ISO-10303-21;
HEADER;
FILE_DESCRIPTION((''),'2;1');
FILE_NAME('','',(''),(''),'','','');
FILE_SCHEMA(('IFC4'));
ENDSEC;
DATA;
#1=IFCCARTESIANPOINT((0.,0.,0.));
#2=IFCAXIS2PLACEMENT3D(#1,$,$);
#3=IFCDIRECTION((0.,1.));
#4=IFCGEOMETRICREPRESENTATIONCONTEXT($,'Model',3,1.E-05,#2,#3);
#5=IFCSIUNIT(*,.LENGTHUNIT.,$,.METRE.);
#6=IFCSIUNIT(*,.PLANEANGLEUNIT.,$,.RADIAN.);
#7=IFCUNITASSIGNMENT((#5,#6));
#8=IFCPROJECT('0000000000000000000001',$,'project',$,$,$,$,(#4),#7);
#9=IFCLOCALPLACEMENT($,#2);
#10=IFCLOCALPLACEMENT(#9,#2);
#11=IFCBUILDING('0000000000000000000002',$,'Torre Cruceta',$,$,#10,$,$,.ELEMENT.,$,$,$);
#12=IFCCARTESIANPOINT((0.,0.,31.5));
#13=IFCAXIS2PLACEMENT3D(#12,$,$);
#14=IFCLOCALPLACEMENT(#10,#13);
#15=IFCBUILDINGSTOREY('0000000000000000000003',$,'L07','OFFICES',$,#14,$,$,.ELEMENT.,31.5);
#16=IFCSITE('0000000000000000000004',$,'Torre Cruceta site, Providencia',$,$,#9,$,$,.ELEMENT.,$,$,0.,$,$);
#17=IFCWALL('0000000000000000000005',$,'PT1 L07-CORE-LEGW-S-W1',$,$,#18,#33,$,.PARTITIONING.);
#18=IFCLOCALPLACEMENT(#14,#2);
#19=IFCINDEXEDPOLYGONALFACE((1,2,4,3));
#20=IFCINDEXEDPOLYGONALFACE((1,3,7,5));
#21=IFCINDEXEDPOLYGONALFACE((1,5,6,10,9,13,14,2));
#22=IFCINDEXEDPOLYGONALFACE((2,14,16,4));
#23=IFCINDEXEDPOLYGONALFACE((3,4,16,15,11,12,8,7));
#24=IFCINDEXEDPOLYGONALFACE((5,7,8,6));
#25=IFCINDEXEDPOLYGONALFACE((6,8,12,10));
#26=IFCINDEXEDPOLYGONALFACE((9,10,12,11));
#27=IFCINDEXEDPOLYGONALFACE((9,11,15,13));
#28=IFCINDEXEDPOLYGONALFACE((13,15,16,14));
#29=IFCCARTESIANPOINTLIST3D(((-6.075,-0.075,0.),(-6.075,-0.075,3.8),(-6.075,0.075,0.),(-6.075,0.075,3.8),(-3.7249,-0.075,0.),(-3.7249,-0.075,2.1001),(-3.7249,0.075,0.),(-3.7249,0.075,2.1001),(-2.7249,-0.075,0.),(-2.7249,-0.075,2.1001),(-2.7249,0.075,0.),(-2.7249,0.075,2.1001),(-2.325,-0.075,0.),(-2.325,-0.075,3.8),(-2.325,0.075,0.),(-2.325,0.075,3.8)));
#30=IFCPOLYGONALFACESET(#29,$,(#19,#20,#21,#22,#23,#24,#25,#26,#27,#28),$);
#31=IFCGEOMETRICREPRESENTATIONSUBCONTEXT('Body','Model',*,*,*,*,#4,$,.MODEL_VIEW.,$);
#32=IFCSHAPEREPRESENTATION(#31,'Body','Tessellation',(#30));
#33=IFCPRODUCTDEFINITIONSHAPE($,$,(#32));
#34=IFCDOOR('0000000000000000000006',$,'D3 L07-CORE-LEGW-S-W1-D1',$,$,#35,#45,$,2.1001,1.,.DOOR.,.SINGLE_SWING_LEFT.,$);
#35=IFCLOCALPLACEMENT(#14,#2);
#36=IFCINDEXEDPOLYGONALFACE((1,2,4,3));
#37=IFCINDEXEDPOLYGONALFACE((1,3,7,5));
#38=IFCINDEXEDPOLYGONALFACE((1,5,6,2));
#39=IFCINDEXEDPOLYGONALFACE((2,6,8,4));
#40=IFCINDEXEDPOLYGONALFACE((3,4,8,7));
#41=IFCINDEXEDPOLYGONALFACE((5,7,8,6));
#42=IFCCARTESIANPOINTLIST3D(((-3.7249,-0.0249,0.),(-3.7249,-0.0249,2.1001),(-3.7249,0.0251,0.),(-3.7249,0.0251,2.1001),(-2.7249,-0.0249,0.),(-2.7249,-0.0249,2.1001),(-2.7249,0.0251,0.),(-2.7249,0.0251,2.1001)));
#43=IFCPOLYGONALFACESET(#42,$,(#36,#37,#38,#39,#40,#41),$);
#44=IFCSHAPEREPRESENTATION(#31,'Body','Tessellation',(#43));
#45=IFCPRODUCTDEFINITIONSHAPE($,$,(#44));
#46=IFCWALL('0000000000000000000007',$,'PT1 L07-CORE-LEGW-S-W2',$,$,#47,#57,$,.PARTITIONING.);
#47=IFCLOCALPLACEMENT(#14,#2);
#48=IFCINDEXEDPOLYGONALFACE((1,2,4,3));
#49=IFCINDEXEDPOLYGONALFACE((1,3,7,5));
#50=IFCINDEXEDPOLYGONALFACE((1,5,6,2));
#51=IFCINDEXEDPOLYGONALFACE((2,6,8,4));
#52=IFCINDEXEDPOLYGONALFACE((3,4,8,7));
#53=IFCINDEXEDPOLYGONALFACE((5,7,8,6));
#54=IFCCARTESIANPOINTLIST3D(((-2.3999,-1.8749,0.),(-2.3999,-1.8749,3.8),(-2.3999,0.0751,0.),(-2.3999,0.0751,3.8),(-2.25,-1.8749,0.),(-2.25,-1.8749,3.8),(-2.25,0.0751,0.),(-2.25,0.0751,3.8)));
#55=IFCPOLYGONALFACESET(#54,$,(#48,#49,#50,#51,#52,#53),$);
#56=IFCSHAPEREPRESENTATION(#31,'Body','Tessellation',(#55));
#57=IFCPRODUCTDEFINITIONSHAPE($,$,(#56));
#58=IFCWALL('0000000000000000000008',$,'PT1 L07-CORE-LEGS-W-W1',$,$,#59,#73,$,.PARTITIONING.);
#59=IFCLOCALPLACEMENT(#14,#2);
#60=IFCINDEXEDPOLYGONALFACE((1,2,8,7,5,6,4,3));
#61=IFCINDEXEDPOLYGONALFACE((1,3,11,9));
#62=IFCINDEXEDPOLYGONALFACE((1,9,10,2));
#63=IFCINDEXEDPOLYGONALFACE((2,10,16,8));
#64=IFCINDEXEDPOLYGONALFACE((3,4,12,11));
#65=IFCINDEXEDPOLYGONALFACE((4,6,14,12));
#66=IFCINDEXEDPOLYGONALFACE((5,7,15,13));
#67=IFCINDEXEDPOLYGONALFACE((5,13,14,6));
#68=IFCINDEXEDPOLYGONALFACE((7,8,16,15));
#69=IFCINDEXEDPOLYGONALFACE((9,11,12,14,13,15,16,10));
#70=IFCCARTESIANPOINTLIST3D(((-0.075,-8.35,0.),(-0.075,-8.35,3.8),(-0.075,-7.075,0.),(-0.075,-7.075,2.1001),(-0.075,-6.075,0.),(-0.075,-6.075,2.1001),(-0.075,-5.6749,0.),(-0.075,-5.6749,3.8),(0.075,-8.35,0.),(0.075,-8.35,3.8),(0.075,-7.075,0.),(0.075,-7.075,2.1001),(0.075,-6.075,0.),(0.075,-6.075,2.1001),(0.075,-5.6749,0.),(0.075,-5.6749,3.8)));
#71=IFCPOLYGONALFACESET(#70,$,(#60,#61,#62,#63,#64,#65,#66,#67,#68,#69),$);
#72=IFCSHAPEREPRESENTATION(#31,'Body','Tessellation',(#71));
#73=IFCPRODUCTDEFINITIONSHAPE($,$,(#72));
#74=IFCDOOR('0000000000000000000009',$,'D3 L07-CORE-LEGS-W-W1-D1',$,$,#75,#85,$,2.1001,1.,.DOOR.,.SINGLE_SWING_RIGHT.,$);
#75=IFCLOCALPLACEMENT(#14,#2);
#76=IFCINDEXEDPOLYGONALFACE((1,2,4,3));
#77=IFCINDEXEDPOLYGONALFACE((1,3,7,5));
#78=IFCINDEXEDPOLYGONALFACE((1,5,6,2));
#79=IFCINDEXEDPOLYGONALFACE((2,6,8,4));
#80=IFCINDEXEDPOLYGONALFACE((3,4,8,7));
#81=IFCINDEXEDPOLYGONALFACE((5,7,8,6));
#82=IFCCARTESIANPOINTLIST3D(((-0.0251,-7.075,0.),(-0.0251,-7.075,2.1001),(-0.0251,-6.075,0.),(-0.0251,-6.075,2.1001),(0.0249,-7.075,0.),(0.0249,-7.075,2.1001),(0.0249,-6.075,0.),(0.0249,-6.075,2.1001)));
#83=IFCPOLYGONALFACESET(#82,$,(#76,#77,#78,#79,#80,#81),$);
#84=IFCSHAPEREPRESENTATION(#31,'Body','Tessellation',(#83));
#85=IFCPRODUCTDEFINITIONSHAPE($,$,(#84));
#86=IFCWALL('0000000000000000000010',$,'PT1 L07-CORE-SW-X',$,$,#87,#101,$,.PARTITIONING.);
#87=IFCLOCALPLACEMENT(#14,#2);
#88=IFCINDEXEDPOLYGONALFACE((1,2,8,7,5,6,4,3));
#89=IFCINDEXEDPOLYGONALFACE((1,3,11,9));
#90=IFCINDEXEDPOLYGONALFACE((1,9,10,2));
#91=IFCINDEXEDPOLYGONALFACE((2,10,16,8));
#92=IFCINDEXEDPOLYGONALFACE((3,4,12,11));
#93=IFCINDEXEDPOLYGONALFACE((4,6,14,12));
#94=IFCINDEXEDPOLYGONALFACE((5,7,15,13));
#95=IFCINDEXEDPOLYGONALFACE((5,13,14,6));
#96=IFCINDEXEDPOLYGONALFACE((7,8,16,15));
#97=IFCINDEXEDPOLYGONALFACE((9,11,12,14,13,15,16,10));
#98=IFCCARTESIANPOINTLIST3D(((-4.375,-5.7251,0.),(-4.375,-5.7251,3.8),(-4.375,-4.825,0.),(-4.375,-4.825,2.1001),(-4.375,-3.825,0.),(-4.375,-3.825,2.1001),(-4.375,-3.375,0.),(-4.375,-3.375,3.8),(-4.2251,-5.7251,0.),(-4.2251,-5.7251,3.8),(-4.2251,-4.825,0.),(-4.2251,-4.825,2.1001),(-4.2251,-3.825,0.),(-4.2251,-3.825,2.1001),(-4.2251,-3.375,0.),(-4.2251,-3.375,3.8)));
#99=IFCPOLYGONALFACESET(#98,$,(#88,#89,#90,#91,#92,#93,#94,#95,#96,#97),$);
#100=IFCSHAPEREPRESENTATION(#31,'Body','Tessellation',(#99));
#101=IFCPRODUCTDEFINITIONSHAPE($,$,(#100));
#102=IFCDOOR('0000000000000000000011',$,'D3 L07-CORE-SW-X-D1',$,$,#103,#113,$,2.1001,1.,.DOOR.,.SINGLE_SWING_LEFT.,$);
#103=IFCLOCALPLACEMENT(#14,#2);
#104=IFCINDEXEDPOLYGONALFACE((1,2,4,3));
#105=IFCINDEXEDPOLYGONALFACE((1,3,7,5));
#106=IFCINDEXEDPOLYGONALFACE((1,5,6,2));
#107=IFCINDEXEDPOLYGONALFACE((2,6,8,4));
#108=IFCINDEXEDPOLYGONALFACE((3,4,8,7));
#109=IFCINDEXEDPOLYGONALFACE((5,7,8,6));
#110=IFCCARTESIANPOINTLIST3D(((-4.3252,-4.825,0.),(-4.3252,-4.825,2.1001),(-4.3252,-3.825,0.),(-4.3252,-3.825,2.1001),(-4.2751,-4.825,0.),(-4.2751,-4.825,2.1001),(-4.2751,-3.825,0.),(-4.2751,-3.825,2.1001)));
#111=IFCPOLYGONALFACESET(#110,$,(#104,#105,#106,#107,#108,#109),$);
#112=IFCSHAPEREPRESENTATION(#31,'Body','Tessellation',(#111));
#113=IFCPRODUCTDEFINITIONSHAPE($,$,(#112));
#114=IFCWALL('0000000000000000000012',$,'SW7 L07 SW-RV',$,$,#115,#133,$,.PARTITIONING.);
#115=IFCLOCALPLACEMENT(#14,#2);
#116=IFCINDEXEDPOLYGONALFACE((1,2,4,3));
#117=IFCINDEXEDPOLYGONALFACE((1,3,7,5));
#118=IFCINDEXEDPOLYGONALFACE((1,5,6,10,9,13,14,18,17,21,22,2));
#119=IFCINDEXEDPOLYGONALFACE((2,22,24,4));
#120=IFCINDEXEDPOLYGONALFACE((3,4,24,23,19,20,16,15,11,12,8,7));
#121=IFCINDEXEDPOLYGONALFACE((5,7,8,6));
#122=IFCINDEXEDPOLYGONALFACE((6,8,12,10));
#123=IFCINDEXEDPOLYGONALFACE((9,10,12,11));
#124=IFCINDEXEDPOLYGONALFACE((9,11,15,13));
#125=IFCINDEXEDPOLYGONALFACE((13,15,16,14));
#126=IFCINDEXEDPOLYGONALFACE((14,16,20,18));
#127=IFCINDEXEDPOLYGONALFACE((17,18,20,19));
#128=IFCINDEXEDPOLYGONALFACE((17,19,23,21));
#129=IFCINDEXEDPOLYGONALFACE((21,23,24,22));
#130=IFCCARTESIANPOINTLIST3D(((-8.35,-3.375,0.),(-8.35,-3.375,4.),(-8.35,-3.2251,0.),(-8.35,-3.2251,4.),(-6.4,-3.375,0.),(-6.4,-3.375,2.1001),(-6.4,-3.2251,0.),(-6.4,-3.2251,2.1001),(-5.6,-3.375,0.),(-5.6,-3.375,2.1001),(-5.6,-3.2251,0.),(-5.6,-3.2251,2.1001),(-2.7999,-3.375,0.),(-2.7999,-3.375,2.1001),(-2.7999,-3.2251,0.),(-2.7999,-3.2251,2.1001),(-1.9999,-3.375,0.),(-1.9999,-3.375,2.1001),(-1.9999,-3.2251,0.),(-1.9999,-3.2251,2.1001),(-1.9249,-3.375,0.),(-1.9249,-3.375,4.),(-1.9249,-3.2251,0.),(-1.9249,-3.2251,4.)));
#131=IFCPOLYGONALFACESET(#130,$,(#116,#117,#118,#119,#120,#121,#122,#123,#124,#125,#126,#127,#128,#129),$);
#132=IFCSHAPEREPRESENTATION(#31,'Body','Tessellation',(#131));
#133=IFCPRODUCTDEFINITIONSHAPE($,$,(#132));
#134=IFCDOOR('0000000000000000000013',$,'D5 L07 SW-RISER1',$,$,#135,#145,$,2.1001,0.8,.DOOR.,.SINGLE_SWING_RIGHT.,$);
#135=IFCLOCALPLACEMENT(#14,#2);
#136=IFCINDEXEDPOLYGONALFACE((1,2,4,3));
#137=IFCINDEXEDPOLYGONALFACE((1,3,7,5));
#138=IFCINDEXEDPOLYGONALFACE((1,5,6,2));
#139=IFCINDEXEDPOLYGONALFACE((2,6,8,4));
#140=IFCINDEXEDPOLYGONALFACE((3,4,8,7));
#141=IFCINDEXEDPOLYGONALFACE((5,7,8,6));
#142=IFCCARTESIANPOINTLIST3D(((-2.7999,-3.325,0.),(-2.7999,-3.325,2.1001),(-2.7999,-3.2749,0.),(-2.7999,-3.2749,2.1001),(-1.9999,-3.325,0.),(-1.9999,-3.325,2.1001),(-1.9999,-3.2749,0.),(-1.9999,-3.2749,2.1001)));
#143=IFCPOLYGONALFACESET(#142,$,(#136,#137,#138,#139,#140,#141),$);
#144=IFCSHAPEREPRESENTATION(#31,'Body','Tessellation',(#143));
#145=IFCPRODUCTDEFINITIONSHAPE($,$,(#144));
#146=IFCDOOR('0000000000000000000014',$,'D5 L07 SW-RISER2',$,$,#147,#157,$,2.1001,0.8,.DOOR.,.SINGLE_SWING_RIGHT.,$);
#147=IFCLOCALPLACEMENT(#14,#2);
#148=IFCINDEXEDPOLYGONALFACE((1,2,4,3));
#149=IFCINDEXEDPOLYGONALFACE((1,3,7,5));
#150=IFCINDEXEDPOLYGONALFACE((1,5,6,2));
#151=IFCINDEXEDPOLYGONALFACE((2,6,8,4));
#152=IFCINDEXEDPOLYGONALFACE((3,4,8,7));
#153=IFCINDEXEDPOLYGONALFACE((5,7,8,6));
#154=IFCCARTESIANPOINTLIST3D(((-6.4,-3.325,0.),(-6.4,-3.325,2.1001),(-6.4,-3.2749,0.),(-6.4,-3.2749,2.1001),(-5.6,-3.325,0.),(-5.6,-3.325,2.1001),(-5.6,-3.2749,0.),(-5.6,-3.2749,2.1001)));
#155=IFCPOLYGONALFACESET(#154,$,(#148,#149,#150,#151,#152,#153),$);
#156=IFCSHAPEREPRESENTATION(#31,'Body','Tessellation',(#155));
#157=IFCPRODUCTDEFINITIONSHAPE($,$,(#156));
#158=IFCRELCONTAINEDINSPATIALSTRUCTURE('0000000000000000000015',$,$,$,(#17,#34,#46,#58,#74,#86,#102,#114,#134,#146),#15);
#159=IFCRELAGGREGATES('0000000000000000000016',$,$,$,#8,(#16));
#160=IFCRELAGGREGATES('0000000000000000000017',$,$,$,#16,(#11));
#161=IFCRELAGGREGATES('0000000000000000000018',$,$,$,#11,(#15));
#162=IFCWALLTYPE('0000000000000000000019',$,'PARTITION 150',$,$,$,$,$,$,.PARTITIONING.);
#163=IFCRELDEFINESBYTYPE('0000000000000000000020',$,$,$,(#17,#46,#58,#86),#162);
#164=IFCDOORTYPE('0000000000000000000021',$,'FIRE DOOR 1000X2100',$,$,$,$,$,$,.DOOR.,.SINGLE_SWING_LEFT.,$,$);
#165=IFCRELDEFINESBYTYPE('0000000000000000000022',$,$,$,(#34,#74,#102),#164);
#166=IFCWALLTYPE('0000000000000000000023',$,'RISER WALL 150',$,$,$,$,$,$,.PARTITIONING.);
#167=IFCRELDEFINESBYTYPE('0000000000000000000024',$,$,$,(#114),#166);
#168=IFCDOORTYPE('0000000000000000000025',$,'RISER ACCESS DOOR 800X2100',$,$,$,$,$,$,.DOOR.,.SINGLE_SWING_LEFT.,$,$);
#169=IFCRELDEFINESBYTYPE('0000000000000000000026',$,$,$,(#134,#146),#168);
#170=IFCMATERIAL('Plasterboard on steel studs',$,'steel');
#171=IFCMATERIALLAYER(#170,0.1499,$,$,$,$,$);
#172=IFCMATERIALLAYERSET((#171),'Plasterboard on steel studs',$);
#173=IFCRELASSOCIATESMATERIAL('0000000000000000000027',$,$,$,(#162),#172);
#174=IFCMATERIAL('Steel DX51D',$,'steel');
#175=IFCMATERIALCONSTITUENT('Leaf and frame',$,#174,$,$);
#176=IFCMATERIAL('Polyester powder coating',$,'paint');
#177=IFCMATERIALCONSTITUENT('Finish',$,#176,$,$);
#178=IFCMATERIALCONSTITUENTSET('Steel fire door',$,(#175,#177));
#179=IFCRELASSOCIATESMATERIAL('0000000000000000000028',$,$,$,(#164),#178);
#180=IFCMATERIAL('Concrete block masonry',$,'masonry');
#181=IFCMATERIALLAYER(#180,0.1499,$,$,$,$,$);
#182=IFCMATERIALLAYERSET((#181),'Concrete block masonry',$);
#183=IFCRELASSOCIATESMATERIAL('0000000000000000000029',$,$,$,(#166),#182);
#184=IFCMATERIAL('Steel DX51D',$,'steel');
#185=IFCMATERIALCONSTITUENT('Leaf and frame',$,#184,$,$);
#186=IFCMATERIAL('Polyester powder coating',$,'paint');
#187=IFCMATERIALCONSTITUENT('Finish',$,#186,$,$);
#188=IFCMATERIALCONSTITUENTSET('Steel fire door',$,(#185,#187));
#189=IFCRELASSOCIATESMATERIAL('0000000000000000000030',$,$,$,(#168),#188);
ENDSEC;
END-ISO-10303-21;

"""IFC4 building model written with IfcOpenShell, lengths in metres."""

from ifc_helpers import new_model, si_unit, direction, frame, frame_2d, origin, place, context, subcontext, project, spatial, rectangle, extrude, material, layer, layer_set, constituent, constituent_set, type_object, element, fill, save


model = new_model("IFC4")

# Units and contexts
model_context = context("Model", 3, precision=1e-05, world=origin(), true_north=direction((0.0, 1.0)))
body_context = subcontext(model_context, "Body", "Model", "MODEL_VIEW")
ifc_project = project(units=[si_unit("LENGTHUNIT", "METRE"), si_unit("PLANEANGLEUNIT", "RADIAN")], contexts=[model_context])

# Site, building, storey
site_placement = place(None, origin())
site = spatial("IfcSite", under=ifc_project, at=site_placement, Name="Torre Cruceta site, Providencia", CompositionType="ELEMENT", RefElevation=0.0)
building_placement = place(site_placement, origin())
building = spatial("IfcBuilding", under=site, at=building_placement, Name="Torre Cruceta", CompositionType="ELEMENT")
storey_placement = place(building_placement, frame((0.0, 0.0, 31.5)))
storey = spatial("IfcBuildingStorey", under=building, at=storey_placement, Name="L07", Description="OFFICES", CompositionType="ELEMENT", Elevation=31.5)

# Wall, opening, door
ifc_material_1 = material(Name="Plasterboard on steel studs", Category="steel")
ifc_layer_1 = layer(ifc_material_1, 0.1499)
ifc_layer_set_1 = layer_set([ifc_layer_1], Name="Plasterboard on steel studs")
wall_type_1 = type_object("IfcWallType", Name="PARTITION 150", PredefinedType="PARTITIONING", material=ifc_layer_set_1)
wall_1_placement = place(storey_placement, frame((-2.325, 0.0, 0.0), z_axis=(0.0, 0.0, 1.0), x_axis=(-1.0, 0.0, 0.0)))
wall_1 = element("IfcWall", 1, at=wall_1_placement, inside=storey, type_object=wall_type_1, Name="PT1 L07-CORE-LEGW-S-W1", PredefinedType="PARTITIONING", context=body_context, shape_type="SweptSolid", body=[
    extrude(rectangle(XDim=3.75, YDim=0.1499, at=frame_2d((1.875, 0.0))), origin(), (0.0, 0.0, 1.0), 3.8),
])
opening_1_placement = place(wall_1_placement, frame((0.3999, 0.0, 0.0)))
opening_1 = element("IfcOpeningElement", 2, at=opening_1_placement, cuts=wall_1, PredefinedType="OPENING", context=body_context, shape_type="SweptSolid", body=[
    extrude(rectangle(XDim=1.0, YDim=2.1001, at=frame_2d((0.5, 1.05))), frame((0.0, 0.085, 0.0), z_axis=(0.0, -1.0, 0.0), x_axis=(1.0, 0.0, 0.0)), (0.0, 0.0, 1.0), 0.1699),
])
ifc_material_2 = material(Name="Steel DX51D", Category="steel")
ifc_constituent_1 = constituent(ifc_material_2, Name="Leaf and frame")
ifc_material_3 = material(Name="Polyester powder coating", Category="paint")
ifc_constituent_2 = constituent(ifc_material_3, Name="Finish")
ifc_constituent_set_1 = constituent_set(constituents=[ifc_constituent_1, ifc_constituent_2], Name="Steel fire door")
door_type_1 = type_object("IfcDoorType", Name="FIRE DOOR 1000X2100", OperationType="SINGLE_SWING_LEFT", PredefinedType="DOOR", material=ifc_constituent_set_1)
door_1_placement = place(opening_1_placement, origin())
door_1 = element("IfcDoor", 3, at=door_1_placement, inside=storey, type_object=door_type_1, Name="D3 L07-CORE-LEGW-S-W1-D1", OperationType="SINGLE_SWING_LEFT", OverallHeight=2.1001, OverallWidth=1.0, PredefinedType="DOOR", context=body_context, shape_type="SweptSolid", body=[
    extrude(rectangle(XDim=1.0, YDim=2.1001, at=frame_2d((0.5, 1.05))), frame((0.0, 0.0249, 0.0), z_axis=(0.0, -1.0, 0.0), x_axis=(1.0, 0.0, 0.0)), (0.0, 0.0, 1.0), 0.05),
])
fill(opening_1, door_1)

# Wall
wall_2_placement = place(storey_placement, frame((-2.325, -1.875, 0.0), z_axis=(0.0, 0.0, 1.0), x_axis=(0.0, 1.0, 0.0)))
element("IfcWall", 4, at=wall_2_placement, inside=storey, type_object=wall_type_1, Name="PT1 L07-CORE-LEGW-S-W2", PredefinedType="PARTITIONING", context=body_context, shape_type="SweptSolid", body=[
    extrude(rectangle(XDim=1.95, YDim=0.1499, at=frame_2d((0.9751, 0.0))), origin(), (0.0, 0.0, 1.0), 3.8),
])

# Walls, openings, doors
wall_3_placement = place(storey_placement, frame((0.0, -5.675, 0.0), z_axis=(0.0, 0.0, 1.0), x_axis=(0.0, -1.0, 0.0)))
wall_3 = element("IfcWall", 5, at=wall_3_placement, inside=storey, type_object=wall_type_1, Name="PT1 L07-CORE-LEGS-W-W1", PredefinedType="PARTITIONING", context=body_context, shape_type="SweptSolid", body=[
    extrude(rectangle(XDim=2.675, YDim=0.1499, at=frame_2d((1.3374, 0.0))), origin(), (0.0, 0.0, 1.0), 3.8),
])
opening_2_placement = place(wall_3_placement, frame((0.3999, 0.0, 0.0)))
opening_2 = element("IfcOpeningElement", 6, at=opening_2_placement, cuts=wall_3, PredefinedType="OPENING", context=body_context, shape_type="SweptSolid", body=[
    extrude(rectangle(XDim=1.0, YDim=2.1001, at=frame_2d((0.5, 1.05))), frame((0.0, 0.085, 0.0), z_axis=(0.0, -1.0, 0.0), x_axis=(1.0, 0.0, 0.0)), (0.0, 0.0, 1.0), 0.1699),
])
door_2_placement = place(opening_2_placement, frame((1.0, 0.0, 0.0), z_axis=(0.0, 0.0, 1.0), x_axis=(-1.0, 0.0, 0.0)))
door_2 = element("IfcDoor", 7, at=door_2_placement, inside=storey, type_object=door_type_1, Name="D3 L07-CORE-LEGS-W-W1-D1", OperationType="SINGLE_SWING_RIGHT", OverallHeight=2.1001, OverallWidth=1.0, PredefinedType="DOOR", context=body_context, shape_type="SweptSolid", body=[
    extrude(rectangle(XDim=1.0, YDim=2.1001, at=frame_2d((0.5, 1.05))), frame((0.0, 0.0251, 0.0), z_axis=(0.0, -1.0, 0.0), x_axis=(1.0, 0.0, 0.0)), (0.0, 0.0, 1.0), 0.05),
])
fill(opening_2, door_2)
wall_4_placement = place(storey_placement, frame((-4.3, -3.375, 0.0), z_axis=(0.0, 0.0, 1.0), x_axis=(0.0, -1.0, 0.0)))
wall_4 = element("IfcWall", 8, at=wall_4_placement, inside=storey, type_object=wall_type_1, Name="PT1 L07-CORE-SW-X", PredefinedType="PARTITIONING", context=body_context, shape_type="SweptSolid", body=[
    extrude(rectangle(XDim=2.3501, YDim=0.1499, at=frame_2d((1.175, 0.0))), origin(), (0.0, 0.0, 1.0), 3.8),
])
opening_3_placement = place(wall_4_placement, frame((0.45, 0.0, 0.0)))
opening_3 = element("IfcOpeningElement", 9, at=opening_3_placement, cuts=wall_4, PredefinedType="OPENING", context=body_context, shape_type="SweptSolid", body=[
    extrude(rectangle(XDim=1.0, YDim=2.1001, at=frame_2d((0.5, 1.05))), frame((0.0, 0.085, 0.0), z_axis=(0.0, -1.0, 0.0), x_axis=(1.0, 0.0, 0.0)), (0.0, 0.0, 1.0), 0.1699),
])
door_3_placement = place(opening_3_placement, origin())
door_3 = element("IfcDoor", 10, at=door_3_placement, inside=storey, type_object=door_type_1, Name="D3 L07-CORE-SW-X-D1", OperationType="SINGLE_SWING_LEFT", OverallHeight=2.1001, OverallWidth=1.0, PredefinedType="DOOR", context=body_context, shape_type="SweptSolid", body=[
    extrude(rectangle(XDim=1.0, YDim=2.1001, at=frame_2d((0.5, 1.05))), frame((0.0, 0.0249, 0.0), z_axis=(0.0, -1.0, 0.0), x_axis=(1.0, 0.0, 0.0)), (0.0, 0.0, 1.0), 0.05),
])
fill(opening_3, door_3)

# Wall, openings, doors
ifc_material_4 = material(Name="Concrete block masonry", Category="masonry")
ifc_layer_2 = layer(ifc_material_4, 0.1499)
ifc_layer_set_2 = layer_set([ifc_layer_2], Name="Concrete block masonry")
wall_type_2 = type_object("IfcWallType", Name="RISER WALL 150", PredefinedType="PARTITIONING", material=ifc_layer_set_2)
wall_5_placement = place(storey_placement, frame((-1.925, -3.3, 0.0), z_axis=(0.0, 0.0, 1.0), x_axis=(-1.0, 0.0, 0.0)))
wall_5 = element("IfcWall", 11, at=wall_5_placement, inside=storey, type_object=wall_type_2, Name="SW7 L07 SW-RV", PredefinedType="PARTITIONING", context=body_context, shape_type="SweptSolid", body=[
    extrude(rectangle(XDim=6.425, YDim=0.1499, at=frame_2d((3.2124, 0.0))), origin(), (0.0, 0.0, 1.0), 4.0),
])
opening_4_placement = place(wall_5_placement, frame((0.075, 0.0, 0.0)))
opening_4 = element("IfcOpeningElement", 12, at=opening_4_placement, cuts=wall_5, PredefinedType="OPENING", context=body_context, shape_type="SweptSolid", body=[
    extrude(rectangle(XDim=0.8, YDim=2.1001, at=frame_2d((0.3999, 1.05))), frame((0.0, 0.085, 0.0), z_axis=(0.0, -1.0, 0.0), x_axis=(1.0, 0.0, 0.0)), (0.0, 0.0, 1.0), 0.1699),
])
opening_5_placement = place(wall_5_placement, frame((3.675, 0.0, 0.0)))
opening_5 = element("IfcOpeningElement", 13, at=opening_5_placement, cuts=wall_5, PredefinedType="OPENING", context=body_context, shape_type="SweptSolid", body=[
    extrude(rectangle(XDim=0.8, YDim=2.1001, at=frame_2d((0.3999, 1.05))), frame((0.0, 0.085, 0.0), z_axis=(0.0, -1.0, 0.0), x_axis=(1.0, 0.0, 0.0)), (0.0, 0.0, 1.0), 0.1699),
])
ifc_material_5 = material(Name="Steel DX51D", Category="steel")
ifc_constituent_3 = constituent(ifc_material_5, Name="Leaf and frame")
ifc_material_6 = material(Name="Polyester powder coating", Category="paint")
ifc_constituent_4 = constituent(ifc_material_6, Name="Finish")
ifc_constituent_set_2 = constituent_set(constituents=[ifc_constituent_3, ifc_constituent_4], Name="Steel fire door")
door_type_2 = type_object("IfcDoorType", Name="RISER ACCESS DOOR 800X2100", OperationType="SINGLE_SWING_LEFT", PredefinedType="DOOR", material=ifc_constituent_set_2)
door_4_placement = place(opening_4_placement, frame((0.8, 0.0, 0.0), z_axis=(0.0, 0.0, 1.0), x_axis=(-1.0, 0.0, 0.0)))
door_4 = element("IfcDoor", 14, at=door_4_placement, inside=storey, type_object=door_type_2, Name="D5 L07 SW-RISER1", OperationType="SINGLE_SWING_RIGHT", OverallHeight=2.1001, OverallWidth=0.8, PredefinedType="DOOR", context=body_context, shape_type="SweptSolid", body=[
    extrude(rectangle(XDim=0.8, YDim=2.1001, at=frame_2d((0.4001, 1.05))), frame((0.0, 0.0251, 0.0), z_axis=(0.0, -1.0, 0.0), x_axis=(1.0, 0.0, 0.0)), (0.0, 0.0, 1.0), 0.05),
])
fill(opening_4, door_4)
door_5_placement = place(opening_5_placement, frame((0.8, 0.0, 0.0), z_axis=(0.0, 0.0, 1.0), x_axis=(-1.0, 0.0, 0.0)))
door_5 = element("IfcDoor", 15, at=door_5_placement, inside=storey, type_object=door_type_2, Name="D5 L07 SW-RISER2", OperationType="SINGLE_SWING_RIGHT", OverallHeight=2.1001, OverallWidth=0.8, PredefinedType="DOOR", context=body_context, shape_type="SweptSolid", body=[
    extrude(rectangle(XDim=0.8, YDim=2.1001, at=frame_2d((0.4001, 1.05))), frame((0.0, 0.0251, 0.0), z_axis=(0.0, -1.0, 0.0), x_axis=(1.0, 0.0, 0.0)), (0.0, 0.0, 1.0), 0.05),
])
fill(opening_5, door_5)

save(model, "model.ifc")
